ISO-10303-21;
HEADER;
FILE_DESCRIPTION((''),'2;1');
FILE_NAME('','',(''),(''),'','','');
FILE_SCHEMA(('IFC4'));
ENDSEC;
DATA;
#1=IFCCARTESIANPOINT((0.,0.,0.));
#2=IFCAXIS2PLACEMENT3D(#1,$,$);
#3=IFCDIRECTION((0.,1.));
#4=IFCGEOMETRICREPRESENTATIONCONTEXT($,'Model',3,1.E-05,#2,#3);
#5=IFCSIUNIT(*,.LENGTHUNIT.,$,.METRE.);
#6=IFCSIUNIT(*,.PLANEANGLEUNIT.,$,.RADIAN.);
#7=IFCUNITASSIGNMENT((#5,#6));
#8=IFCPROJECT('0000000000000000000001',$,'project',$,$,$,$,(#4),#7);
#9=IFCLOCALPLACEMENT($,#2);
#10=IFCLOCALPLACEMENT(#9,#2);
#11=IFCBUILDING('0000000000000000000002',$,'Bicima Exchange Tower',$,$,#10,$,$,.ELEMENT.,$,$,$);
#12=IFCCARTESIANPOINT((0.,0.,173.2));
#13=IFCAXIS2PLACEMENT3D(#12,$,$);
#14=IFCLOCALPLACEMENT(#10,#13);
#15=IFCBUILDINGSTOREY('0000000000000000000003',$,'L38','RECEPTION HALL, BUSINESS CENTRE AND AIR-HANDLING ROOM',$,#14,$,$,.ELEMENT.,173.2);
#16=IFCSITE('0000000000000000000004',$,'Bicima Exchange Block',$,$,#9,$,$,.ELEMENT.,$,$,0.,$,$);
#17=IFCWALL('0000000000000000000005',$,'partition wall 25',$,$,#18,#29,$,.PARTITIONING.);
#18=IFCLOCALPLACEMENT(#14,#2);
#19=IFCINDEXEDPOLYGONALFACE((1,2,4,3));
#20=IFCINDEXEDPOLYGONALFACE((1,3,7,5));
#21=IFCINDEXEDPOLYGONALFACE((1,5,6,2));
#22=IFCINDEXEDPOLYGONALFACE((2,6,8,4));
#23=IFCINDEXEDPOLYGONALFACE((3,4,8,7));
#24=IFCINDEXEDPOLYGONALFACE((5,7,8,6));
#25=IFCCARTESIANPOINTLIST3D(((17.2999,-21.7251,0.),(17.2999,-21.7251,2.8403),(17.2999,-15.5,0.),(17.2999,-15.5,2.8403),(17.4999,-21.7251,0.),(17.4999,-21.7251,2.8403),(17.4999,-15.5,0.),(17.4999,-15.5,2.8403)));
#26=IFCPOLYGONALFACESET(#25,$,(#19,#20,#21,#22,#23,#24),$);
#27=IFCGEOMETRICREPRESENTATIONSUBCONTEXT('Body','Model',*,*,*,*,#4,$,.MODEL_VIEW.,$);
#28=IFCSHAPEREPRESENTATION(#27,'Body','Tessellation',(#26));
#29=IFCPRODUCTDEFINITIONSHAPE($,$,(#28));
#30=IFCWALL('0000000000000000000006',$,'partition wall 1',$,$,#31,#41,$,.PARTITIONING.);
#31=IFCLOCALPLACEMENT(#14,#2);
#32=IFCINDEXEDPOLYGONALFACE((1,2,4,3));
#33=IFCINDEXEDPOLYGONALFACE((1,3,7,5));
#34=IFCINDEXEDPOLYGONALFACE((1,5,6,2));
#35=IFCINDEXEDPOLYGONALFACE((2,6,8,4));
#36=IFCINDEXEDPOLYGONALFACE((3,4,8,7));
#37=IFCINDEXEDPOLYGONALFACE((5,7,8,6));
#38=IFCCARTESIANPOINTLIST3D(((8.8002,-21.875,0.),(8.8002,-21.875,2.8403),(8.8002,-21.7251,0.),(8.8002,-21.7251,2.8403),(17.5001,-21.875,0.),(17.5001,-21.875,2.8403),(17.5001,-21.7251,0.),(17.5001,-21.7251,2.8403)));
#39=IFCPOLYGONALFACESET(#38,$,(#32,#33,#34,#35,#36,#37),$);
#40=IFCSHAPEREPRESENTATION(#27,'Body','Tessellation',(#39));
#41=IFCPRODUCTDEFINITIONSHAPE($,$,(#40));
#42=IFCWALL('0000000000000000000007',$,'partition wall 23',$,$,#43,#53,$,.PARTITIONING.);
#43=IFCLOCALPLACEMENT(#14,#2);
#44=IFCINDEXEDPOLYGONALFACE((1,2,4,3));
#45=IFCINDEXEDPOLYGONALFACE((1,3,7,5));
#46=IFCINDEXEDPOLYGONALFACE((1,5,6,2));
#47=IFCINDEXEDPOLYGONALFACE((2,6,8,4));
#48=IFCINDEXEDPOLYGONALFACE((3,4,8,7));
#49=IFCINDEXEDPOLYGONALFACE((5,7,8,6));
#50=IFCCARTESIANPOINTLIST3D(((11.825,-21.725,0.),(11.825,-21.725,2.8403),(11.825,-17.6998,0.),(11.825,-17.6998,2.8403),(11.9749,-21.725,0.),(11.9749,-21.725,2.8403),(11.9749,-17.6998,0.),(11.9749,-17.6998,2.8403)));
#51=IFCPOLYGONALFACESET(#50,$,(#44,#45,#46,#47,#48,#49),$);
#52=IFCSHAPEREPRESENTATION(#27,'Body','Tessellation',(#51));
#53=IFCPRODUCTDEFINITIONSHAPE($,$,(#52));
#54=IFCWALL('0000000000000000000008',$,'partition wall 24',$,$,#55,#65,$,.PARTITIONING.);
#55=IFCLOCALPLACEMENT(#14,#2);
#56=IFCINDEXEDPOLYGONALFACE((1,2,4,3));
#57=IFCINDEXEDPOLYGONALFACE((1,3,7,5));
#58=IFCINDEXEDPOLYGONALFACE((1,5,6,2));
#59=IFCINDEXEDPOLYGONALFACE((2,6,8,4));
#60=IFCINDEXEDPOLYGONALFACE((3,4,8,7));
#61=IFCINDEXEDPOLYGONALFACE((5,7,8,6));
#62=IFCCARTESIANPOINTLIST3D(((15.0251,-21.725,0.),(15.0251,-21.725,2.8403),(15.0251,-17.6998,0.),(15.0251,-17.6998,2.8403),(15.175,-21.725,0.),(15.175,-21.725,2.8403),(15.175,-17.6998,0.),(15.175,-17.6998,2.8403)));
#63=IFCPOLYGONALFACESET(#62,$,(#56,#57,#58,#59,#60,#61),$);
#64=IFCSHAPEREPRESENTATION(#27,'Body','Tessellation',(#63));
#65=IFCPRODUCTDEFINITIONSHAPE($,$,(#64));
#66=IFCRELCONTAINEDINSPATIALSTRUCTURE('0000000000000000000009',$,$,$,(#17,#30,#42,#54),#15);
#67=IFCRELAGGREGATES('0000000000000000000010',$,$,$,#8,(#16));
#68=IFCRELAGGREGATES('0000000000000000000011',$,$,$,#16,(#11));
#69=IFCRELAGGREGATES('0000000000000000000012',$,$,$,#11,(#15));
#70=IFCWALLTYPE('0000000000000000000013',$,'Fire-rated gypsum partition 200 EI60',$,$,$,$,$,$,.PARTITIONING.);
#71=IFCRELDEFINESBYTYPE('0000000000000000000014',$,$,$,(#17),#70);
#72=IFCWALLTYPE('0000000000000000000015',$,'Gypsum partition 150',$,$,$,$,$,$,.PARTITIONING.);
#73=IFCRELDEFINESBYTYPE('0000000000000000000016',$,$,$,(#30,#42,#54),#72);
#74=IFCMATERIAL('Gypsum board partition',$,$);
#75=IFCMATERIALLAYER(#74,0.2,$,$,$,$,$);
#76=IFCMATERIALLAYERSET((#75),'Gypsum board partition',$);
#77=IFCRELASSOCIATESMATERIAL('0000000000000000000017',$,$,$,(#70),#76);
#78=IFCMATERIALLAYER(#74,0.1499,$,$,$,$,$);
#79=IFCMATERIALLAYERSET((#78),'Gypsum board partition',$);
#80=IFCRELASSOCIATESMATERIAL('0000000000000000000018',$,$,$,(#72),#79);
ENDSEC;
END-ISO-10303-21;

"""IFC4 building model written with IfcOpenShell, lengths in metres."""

from ifc_helpers import new_model, si_unit, direction, frame, frame_2d, origin, place, context, subcontext, project, spatial, rectangle, extrude, material, layer, layer_set, type_object, element, save


model = new_model("IFC4")

# Units and contexts
model_context = context("Model", 3, precision=1e-05, world=origin(), true_north=direction((0.0, 1.0)))
body_context = subcontext(model_context, "Body", "Model", "MODEL_VIEW")
ifc_project = project(units=[si_unit("LENGTHUNIT", "METRE"), si_unit("PLANEANGLEUNIT", "RADIAN")], contexts=[model_context])

# Site, building, storey
site_placement = place(None, origin())
site = spatial("IfcSite", under=ifc_project, at=site_placement, Name="Bicima Exchange Block", CompositionType="ELEMENT", RefElevation=0.0)
building_placement = place(site_placement, origin())
building = spatial("IfcBuilding", under=site, at=building_placement, Name="Bicima Exchange Tower", CompositionType="ELEMENT")
storey_placement = place(building_placement, frame((0.0, 0.0, 173.2)))
storey = spatial("IfcBuildingStorey", under=building, at=storey_placement, Name="L38", Description="RECEPTION HALL, BUSINESS CENTRE AND AIR-HANDLING ROOM", CompositionType="ELEMENT", Elevation=173.2)

# Shared definitions
ifc_material_1 = material(Name="Gypsum board partition")
ifc_layer_1 = layer(ifc_material_1, 0.2)
ifc_layer_set_1 = layer_set([ifc_layer_1], Name="Gypsum board partition")
wall_type_1 = type_object("IfcWallType", Name="Fire-rated gypsum partition 200 EI60", PredefinedType="PARTITIONING", material=ifc_layer_set_1)

# Walls
wall_1_placement = place(storey_placement, frame((17.3999, -21.7251, 0.0), z_axis=(0.0, 0.0, 1.0), x_axis=(0.0, 1.0, 0.0)))
element("IfcWall", 1, at=wall_1_placement, inside=storey, type_object=wall_type_1, Name="partition wall 25", PredefinedType="PARTITIONING", context=body_context, shape_type="SweptSolid", body=[
    extrude(rectangle(XDim=6.2251, YDim=0.2, at=frame_2d((3.1125, 0.0))), origin(), (0.0, 0.0, 1.0), 2.8403),
])
ifc_layer_2 = layer(ifc_material_1, 0.1499)
ifc_layer_set_2 = layer_set([ifc_layer_2], Name="Gypsum board partition")
wall_type_2 = type_object("IfcWallType", Name="Gypsum partition 150", PredefinedType="PARTITIONING", material=ifc_layer_set_2)
wall_2_placement = place(storey_placement, frame((8.8, -21.8, 0.0), z_axis=(0.0, 0.0, 1.0), x_axis=(1.0, 0.0, 0.0)))
element("IfcWall", 2, at=wall_2_placement, inside=storey, type_object=wall_type_2, Name="partition wall 1", PredefinedType="PARTITIONING", context=body_context, shape_type="SweptSolid", body=[
    extrude(rectangle(XDim=8.7, YDim=0.1499, at=frame_2d((4.3501, 0.0))), origin(), (0.0, 0.0, 1.0), 2.8403),
])
for number, where, z_axis, x_axis, name in (
    (3, (11.8999, -21.7251, 0.0), (0.0, 0.0, 1.0), (0.0, 1.0, 0.0), "partition wall 23"),
    (4, (15.1001, -21.7251, 0.0), (0.0, 0.0, 1.0), (0.0, 1.0, 0.0), "partition wall 24"),
):
    element("IfcWall", number, at=place(storey_placement, frame(where, z_axis=z_axis, x_axis=x_axis)), inside=storey, type_object=wall_type_2, Name=name, PredefinedType="PARTITIONING", context=body_context, shape_type="SweptSolid", body=[
        extrude(rectangle(XDim=4.0251, YDim=0.1499, at=frame_2d((2.0127, 0.0))), origin(), (0.0, 0.0, 1.0), 2.8403),
    ])

save(model, "model.ifc")
